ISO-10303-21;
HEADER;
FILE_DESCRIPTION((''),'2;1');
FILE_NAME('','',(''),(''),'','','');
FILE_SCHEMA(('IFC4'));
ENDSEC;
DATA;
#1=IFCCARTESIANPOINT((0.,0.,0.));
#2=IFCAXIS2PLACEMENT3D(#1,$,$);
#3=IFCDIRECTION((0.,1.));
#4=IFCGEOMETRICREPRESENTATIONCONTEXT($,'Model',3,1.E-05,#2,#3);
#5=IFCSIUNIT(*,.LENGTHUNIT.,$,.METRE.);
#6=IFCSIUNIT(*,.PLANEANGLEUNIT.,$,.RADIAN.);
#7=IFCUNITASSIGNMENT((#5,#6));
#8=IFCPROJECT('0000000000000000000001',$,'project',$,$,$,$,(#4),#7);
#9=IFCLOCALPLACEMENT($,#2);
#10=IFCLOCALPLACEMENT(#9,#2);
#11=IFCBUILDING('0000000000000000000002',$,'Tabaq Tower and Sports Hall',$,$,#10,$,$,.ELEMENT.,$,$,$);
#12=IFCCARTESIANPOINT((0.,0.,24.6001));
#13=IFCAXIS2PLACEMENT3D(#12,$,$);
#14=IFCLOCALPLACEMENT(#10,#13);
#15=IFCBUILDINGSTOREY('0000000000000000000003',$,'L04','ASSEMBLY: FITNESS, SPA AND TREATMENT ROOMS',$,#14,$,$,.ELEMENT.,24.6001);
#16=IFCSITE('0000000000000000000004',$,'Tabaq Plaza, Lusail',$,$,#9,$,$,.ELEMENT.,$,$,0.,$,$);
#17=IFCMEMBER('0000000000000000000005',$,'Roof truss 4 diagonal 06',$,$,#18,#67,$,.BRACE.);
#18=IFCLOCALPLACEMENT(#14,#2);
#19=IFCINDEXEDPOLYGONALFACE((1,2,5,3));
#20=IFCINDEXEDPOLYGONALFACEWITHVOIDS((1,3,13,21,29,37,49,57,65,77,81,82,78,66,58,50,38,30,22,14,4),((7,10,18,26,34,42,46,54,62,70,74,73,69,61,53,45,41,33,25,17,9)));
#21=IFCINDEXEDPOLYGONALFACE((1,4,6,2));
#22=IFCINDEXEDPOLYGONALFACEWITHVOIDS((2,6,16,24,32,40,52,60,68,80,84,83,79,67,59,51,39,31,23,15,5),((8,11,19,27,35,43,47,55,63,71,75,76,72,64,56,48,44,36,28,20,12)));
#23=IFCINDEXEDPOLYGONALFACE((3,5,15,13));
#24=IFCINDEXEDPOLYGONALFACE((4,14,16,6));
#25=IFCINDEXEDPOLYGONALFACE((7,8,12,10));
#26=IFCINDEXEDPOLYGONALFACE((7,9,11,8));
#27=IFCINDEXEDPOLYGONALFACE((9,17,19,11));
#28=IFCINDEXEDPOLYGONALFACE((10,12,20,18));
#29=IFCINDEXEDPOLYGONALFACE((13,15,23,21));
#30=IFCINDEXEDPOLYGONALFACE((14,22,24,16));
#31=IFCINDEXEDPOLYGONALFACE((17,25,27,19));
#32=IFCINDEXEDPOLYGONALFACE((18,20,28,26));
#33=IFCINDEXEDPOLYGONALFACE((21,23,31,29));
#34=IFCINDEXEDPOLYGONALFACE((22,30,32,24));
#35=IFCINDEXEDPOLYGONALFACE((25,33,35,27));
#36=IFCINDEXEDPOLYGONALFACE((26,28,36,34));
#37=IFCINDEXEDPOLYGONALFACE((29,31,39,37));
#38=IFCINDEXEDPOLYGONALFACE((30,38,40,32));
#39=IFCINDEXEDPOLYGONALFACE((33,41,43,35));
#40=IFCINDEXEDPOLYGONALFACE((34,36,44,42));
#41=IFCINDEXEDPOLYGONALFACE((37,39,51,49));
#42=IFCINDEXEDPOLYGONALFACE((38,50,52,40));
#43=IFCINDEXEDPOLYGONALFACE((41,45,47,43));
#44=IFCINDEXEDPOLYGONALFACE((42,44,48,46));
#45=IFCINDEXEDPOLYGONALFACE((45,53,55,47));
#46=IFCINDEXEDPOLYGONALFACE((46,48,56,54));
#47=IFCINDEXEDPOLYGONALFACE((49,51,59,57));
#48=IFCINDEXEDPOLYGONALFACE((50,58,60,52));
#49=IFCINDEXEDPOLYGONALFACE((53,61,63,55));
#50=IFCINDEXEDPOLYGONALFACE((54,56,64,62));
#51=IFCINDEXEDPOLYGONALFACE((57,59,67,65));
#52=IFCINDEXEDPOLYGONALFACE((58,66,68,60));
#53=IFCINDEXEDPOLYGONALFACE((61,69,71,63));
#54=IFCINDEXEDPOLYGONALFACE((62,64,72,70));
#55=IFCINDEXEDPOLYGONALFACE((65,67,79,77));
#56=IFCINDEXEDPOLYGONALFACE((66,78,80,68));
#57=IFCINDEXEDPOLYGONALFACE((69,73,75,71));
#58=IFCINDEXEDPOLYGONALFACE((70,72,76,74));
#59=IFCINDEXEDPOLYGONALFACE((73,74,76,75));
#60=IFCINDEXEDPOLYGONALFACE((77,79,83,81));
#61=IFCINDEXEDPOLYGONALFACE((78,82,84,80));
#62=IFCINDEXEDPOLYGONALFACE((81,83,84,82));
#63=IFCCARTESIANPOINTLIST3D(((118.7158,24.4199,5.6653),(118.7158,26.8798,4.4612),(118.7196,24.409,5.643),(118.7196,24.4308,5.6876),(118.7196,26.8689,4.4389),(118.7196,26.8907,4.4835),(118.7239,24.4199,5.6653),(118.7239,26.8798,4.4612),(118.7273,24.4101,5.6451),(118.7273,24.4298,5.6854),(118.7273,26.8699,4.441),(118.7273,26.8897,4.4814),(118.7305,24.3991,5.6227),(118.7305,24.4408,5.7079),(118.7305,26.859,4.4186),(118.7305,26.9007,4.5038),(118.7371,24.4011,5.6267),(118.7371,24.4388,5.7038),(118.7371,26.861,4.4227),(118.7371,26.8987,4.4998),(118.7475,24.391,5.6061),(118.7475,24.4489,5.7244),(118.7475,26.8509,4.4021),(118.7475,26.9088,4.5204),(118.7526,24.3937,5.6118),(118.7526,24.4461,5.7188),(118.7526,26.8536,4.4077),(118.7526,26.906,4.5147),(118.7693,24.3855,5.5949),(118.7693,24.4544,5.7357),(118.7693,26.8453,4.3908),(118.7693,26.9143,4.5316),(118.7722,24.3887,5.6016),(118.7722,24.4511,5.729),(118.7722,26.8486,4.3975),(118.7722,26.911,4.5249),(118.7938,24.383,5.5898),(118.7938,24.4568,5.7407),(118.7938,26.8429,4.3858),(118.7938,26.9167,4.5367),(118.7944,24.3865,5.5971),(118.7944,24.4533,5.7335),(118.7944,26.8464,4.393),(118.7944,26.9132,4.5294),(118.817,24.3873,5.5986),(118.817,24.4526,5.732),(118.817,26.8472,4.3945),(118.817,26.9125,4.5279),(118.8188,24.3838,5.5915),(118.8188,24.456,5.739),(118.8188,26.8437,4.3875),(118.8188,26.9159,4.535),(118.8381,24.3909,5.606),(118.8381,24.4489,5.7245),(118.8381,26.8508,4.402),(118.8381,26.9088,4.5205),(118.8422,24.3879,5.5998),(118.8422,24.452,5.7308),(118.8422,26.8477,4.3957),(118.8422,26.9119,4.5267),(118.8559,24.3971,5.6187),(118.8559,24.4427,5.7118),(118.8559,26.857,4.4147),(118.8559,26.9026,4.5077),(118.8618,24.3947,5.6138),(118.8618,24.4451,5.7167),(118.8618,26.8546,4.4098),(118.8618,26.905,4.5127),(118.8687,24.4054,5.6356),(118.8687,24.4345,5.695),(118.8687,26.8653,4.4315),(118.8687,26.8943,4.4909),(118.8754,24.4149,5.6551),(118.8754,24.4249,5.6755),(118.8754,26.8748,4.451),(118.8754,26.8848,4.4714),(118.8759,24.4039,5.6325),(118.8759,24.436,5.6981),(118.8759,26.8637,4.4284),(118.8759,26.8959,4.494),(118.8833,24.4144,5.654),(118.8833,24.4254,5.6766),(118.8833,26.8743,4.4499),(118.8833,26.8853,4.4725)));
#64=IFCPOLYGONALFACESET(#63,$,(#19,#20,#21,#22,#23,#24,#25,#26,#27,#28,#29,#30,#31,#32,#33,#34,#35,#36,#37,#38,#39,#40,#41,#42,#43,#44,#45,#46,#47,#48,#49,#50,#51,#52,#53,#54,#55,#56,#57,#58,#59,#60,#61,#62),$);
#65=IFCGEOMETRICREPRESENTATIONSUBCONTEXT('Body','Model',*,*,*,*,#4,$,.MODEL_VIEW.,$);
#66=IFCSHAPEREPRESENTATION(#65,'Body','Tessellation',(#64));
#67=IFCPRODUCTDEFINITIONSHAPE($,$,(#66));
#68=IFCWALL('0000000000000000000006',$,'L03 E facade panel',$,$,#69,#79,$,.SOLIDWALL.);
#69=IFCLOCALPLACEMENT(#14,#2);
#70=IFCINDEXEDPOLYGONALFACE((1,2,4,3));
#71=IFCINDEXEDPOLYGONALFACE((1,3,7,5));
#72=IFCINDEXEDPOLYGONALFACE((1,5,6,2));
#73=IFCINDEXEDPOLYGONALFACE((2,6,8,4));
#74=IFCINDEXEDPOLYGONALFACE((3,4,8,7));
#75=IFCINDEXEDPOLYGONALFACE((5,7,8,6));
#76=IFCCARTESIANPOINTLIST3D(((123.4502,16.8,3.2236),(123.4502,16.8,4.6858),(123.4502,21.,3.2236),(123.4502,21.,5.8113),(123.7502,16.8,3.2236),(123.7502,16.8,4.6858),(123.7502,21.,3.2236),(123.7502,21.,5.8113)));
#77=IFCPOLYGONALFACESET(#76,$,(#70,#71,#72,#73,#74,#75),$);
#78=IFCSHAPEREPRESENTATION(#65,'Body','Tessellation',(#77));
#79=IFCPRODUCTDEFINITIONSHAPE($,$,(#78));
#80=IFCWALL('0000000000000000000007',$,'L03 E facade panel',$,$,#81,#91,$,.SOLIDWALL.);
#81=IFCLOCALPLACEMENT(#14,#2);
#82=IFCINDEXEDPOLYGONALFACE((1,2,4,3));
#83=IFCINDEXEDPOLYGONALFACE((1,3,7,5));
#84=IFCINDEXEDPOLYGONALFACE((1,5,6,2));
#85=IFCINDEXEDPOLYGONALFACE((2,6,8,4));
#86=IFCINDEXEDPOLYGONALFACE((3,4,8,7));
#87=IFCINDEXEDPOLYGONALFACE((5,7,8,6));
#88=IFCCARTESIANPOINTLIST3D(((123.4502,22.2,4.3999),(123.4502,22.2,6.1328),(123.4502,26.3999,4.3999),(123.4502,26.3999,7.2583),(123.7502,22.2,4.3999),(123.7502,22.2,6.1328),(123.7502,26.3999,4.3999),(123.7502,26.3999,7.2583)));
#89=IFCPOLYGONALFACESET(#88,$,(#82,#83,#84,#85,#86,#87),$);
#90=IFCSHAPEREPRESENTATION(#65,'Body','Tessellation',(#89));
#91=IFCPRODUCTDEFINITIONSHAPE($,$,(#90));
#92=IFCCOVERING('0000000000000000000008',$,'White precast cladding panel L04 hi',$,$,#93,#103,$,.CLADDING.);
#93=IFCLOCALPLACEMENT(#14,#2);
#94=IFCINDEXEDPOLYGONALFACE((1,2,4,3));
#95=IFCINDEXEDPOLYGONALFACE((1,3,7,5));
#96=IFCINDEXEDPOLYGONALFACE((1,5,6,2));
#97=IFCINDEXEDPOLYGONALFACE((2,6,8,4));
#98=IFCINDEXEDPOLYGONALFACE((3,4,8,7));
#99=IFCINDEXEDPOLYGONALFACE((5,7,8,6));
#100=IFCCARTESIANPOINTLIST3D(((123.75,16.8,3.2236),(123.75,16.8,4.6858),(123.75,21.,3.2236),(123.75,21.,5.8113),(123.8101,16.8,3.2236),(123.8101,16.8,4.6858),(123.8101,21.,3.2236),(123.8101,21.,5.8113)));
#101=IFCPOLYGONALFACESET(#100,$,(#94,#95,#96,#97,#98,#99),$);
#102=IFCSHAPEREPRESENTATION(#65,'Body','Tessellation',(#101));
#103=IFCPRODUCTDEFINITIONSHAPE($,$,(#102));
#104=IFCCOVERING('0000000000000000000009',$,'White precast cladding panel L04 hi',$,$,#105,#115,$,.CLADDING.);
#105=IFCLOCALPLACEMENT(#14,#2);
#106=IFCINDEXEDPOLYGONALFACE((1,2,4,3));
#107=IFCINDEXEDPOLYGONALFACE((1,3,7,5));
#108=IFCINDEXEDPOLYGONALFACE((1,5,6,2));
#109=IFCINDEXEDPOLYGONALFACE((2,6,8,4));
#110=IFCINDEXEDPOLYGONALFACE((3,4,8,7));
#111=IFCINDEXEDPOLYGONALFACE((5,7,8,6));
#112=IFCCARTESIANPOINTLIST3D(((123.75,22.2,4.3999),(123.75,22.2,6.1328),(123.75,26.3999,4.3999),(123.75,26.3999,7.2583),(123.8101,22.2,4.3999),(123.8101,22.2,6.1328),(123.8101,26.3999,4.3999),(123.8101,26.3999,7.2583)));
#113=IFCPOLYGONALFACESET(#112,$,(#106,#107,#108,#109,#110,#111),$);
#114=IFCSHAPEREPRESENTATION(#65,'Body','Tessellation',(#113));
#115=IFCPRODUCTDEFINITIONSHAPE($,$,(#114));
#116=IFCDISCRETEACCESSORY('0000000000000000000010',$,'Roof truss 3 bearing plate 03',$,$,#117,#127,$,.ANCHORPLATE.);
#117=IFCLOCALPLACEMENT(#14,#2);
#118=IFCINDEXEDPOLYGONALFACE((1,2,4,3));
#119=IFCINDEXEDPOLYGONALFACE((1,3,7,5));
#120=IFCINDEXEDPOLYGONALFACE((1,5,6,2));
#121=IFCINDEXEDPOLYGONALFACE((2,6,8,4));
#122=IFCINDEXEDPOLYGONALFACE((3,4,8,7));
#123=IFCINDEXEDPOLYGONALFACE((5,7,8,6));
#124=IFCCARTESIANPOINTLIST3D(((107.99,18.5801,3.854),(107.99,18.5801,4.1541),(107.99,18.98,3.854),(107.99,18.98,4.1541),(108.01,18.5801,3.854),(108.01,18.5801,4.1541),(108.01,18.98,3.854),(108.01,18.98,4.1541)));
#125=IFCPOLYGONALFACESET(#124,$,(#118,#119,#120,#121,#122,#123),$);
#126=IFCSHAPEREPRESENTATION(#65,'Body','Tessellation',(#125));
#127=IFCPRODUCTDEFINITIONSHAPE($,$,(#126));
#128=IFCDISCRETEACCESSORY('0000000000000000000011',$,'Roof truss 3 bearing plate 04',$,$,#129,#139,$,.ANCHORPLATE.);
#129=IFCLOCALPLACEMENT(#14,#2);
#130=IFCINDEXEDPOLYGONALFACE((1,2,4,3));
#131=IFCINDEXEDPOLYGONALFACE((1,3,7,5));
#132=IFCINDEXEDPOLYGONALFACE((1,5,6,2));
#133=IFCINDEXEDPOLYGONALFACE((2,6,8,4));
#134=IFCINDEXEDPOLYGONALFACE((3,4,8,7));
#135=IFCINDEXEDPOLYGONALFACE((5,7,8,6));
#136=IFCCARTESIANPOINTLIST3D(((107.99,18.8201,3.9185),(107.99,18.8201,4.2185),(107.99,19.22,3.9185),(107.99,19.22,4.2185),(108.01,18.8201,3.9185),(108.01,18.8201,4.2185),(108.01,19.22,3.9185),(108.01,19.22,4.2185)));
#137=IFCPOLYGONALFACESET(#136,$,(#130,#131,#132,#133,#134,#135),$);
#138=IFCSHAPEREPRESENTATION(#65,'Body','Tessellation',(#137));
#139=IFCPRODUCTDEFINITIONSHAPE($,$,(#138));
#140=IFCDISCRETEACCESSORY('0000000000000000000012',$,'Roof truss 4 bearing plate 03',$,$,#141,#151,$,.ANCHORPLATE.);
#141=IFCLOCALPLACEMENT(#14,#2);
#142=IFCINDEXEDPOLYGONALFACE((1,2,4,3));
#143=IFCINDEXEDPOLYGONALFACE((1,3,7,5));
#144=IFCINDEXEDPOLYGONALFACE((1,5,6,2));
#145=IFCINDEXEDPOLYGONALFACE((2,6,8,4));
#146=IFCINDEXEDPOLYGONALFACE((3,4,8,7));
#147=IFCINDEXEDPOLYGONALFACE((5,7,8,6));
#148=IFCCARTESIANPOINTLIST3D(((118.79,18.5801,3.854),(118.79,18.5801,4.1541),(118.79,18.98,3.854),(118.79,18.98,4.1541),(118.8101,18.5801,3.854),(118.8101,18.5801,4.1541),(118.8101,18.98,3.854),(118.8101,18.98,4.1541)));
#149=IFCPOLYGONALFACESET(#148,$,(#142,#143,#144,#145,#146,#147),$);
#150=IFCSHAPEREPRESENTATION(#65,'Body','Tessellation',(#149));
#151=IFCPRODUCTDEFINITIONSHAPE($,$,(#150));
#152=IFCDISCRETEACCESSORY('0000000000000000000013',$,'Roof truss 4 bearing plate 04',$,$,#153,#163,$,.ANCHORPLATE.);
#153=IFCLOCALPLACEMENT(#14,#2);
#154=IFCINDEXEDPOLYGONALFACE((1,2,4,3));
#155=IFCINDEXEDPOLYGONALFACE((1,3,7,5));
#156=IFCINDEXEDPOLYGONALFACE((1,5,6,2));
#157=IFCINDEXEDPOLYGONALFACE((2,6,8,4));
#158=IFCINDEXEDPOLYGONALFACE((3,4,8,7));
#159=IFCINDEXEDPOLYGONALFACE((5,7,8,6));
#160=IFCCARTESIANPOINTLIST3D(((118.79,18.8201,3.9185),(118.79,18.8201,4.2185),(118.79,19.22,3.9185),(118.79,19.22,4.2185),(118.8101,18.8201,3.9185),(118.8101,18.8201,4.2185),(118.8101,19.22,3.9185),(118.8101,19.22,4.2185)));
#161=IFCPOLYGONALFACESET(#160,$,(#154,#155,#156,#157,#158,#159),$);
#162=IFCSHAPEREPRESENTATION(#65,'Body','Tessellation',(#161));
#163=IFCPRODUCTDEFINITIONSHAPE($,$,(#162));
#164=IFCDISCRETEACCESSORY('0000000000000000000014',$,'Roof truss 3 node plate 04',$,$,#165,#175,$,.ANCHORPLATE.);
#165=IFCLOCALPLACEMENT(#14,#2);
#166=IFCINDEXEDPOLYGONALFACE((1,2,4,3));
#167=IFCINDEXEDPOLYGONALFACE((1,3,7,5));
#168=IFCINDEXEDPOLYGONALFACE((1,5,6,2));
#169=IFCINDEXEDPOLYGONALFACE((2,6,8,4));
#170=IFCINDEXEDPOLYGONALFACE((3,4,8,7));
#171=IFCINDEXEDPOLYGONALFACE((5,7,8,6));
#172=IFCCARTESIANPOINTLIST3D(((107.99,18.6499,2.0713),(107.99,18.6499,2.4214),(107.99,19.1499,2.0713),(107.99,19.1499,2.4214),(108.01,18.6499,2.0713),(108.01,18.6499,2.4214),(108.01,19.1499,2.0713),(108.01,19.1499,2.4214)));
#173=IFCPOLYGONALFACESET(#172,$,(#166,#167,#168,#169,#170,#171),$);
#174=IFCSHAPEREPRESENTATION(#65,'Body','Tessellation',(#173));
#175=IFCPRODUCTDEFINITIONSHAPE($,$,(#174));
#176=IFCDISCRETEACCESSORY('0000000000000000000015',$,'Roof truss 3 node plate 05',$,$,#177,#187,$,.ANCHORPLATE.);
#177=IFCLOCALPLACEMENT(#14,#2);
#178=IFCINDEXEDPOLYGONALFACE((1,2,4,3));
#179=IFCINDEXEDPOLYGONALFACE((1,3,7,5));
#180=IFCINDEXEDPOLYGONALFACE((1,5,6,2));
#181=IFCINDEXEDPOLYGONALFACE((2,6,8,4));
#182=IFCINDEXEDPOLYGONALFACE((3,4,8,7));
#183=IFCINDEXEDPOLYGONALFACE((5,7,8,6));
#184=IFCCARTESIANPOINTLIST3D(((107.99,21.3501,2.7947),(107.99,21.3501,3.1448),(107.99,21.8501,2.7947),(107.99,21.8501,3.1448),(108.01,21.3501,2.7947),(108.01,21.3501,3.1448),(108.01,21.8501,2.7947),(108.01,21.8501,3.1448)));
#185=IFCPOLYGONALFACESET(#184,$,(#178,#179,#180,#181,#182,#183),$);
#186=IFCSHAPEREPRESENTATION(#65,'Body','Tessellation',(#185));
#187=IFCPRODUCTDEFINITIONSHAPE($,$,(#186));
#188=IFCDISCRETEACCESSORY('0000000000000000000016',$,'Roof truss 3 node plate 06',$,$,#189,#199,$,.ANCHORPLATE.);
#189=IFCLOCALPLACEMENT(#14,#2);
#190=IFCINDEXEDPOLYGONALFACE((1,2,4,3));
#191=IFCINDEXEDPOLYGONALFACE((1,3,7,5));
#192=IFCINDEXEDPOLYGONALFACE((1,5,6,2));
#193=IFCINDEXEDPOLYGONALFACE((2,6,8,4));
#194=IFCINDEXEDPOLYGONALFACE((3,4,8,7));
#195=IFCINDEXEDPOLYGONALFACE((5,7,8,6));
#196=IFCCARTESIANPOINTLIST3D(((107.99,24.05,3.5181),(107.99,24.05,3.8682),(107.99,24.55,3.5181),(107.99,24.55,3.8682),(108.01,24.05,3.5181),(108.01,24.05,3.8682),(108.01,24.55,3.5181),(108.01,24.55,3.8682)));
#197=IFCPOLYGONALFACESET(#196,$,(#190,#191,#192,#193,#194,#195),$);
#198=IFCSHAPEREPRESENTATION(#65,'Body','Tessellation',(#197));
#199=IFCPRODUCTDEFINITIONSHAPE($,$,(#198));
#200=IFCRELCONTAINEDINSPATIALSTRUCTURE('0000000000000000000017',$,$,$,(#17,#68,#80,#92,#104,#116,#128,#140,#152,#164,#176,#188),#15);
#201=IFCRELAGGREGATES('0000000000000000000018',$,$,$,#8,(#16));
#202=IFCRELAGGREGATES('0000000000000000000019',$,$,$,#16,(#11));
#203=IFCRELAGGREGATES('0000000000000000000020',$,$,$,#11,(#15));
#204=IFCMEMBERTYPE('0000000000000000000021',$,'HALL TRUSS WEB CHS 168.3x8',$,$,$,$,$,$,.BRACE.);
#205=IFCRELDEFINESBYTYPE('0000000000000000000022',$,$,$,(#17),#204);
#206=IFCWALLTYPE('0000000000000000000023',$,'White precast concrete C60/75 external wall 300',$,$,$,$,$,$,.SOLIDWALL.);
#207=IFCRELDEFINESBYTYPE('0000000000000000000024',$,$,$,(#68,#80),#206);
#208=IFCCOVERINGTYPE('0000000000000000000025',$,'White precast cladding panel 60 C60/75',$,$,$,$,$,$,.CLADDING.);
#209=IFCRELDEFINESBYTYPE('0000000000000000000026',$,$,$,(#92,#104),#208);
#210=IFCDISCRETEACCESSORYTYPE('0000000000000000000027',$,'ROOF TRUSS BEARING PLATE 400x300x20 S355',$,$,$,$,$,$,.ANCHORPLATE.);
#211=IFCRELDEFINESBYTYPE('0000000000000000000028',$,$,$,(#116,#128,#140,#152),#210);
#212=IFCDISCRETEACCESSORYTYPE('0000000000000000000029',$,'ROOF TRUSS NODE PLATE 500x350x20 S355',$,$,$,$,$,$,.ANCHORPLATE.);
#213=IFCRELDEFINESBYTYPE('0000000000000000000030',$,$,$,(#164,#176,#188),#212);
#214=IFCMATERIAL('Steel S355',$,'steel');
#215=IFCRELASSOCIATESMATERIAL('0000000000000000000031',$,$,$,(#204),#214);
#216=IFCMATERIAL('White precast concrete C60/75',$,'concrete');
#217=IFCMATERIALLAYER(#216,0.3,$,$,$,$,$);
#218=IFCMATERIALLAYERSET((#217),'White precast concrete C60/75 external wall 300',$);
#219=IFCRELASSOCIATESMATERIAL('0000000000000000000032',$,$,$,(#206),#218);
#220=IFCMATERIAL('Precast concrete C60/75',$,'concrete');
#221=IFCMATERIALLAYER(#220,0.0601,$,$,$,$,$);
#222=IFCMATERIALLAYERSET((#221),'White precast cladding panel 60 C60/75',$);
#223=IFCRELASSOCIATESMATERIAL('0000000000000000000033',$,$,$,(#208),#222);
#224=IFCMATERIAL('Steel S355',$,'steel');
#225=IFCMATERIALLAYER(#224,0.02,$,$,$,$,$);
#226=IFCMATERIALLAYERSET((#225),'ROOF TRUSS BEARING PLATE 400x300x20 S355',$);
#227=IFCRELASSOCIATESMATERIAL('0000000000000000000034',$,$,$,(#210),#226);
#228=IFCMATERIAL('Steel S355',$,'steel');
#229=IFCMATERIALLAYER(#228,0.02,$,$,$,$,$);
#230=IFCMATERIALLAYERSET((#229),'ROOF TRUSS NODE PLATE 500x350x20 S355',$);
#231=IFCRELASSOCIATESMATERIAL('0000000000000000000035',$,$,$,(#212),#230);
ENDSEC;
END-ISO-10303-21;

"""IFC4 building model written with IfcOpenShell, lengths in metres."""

from ifc_helpers import new_model, si_unit, direction, frame, origin, origin_2d, place, context, subcontext, project, spatial, polyline, rectangle, hollow_circle, outline, extrude, material, layer, layer_set, material_profile, profile_set, type_object, element, save


model = new_model("IFC4")

# Units and contexts
model_context = context("Model", 3, precision=1e-05, world=origin(), true_north=direction((0.0, 1.0)))
body_context = subcontext(model_context, "Body", "Model", "MODEL_VIEW")
ifc_project = project(units=[si_unit("LENGTHUNIT", "METRE"), si_unit("PLANEANGLEUNIT", "RADIAN")], contexts=[model_context])

# Site, building, storey
site_placement = place(None, origin())
site = spatial("IfcSite", under=ifc_project, at=site_placement, Name="Tabaq Plaza, Lusail", CompositionType="ELEMENT", RefElevation=0.0)
building_placement = place(site_placement, origin())
building = spatial("IfcBuilding", under=site, at=building_placement, Name="Tabaq Tower and Sports Hall", CompositionType="ELEMENT")
storey_placement = place(building_placement, frame((0.0, 0.0, 24.6001)))
storey = spatial("IfcBuildingStorey", under=building, at=storey_placement, Name="L04", Description="ASSEMBLY: FITNESS, SPA AND TREATMENT ROOMS", CompositionType="ELEMENT", Elevation=24.6001)

# Member
ifc_material_1 = material(Name="Steel S355", Category="steel")
ifc_material_profile_1 = material_profile(ifc_material_1, hollow_circle(Radius=0.0842, WallThickness=0.0081, at=origin_2d()), Name="CHS 168.3x8")
ifc_profile_set_1 = profile_set([ifc_material_profile_1], Name="Steel S355")
member_type = type_object("IfcMemberType", Name="HALL TRUSS WEB CHS 168.3x8", PredefinedType="BRACE", material=ifc_profile_set_1)
member_1_placement = place(storey_placement, frame((118.8, 24.4199, 5.6653), z_axis=(0.0, 0.898175, -0.439639), x_axis=(-1.0, 0.0, 0.0)))
element("IfcMember", 1, at=member_1_placement, inside=storey, type_object=member_type, Name="Roof truss 4 diagonal 06", PredefinedType="BRACE", context=body_context, shape_type="SweptSolid", body=[
    extrude(hollow_circle(Radius=0.0842, WallThickness=0.0081, at=origin_2d()), origin(), (0.0, 0.0, 1.0), 2.7388),
])

# Walls
ifc_material_2 = material(Name="White precast concrete C60/75", Category="concrete")
ifc_layer_1 = layer(ifc_material_2, 0.3)
ifc_layer_set_1 = layer_set([ifc_layer_1], Name="White precast concrete C60/75 external wall 300")
wall_type = type_object("IfcWallType", Name="White precast concrete C60/75 external wall 300", PredefinedType="SOLIDWALL", material=ifc_layer_set_1)
wall_1_placement = place(storey_placement, frame((123.6001, 16.8, 3.2236), z_axis=(0.0, 0.0, 1.0), x_axis=(0.0, 1.0, 0.0)))
element("IfcWall", 2, at=wall_1_placement, inside=storey, type_object=wall_type, Name="L03 E facade panel", PredefinedType="SOLIDWALL", context=body_context, shape_type="SweptSolid", body=[
    extrude(outline(polyline([(0.0, 0.0), (4.2, 0.0), (4.2, 2.5876), (0.0, 1.4622), (0.0, 0.0)])), frame((0.0, 0.1499, 0.0), z_axis=(0.0, -1.0, 0.0), x_axis=(1.0, 0.0, 0.0)), (0.0, 0.0, 1.0), 0.3),
])
wall_2_placement = place(storey_placement, frame((123.6001, 22.2, 4.3999), z_axis=(0.0, 0.0, 1.0), x_axis=(0.0, 1.0, 0.0)))
element("IfcWall", 3, at=wall_2_placement, inside=storey, type_object=wall_type, Name="L03 E facade panel", PredefinedType="SOLIDWALL", context=body_context, shape_type="SweptSolid", body=[
    extrude(outline(polyline([(0.0, 0.0), (4.2, 0.0), (4.2, 2.8584), (0.0, 1.7329), (0.0, 0.0)])), frame((0.0, 0.1499, 0.0), z_axis=(0.0, -1.0, 0.0), x_axis=(1.0, 0.0, 0.0)), (0.0, 0.0, 1.0), 0.3),
])

# Coverings
ifc_material_3 = material(Name="Precast concrete C60/75", Category="concrete")
ifc_layer_2 = layer(ifc_material_3, 0.0601)
ifc_layer_set_2 = layer_set([ifc_layer_2], Name="White precast cladding panel 60 C60/75")
covering_type = type_object("IfcCoveringType", Name="White precast cladding panel 60 C60/75", PredefinedType="CLADDING", material=ifc_layer_set_2)
covering_1_placement = place(storey_placement, frame((123.78, 16.8, 3.2236), z_axis=(0.0, 0.0, 1.0), x_axis=(0.0, 1.0, 0.0)))
element("IfcCovering", 4, at=covering_1_placement, inside=storey, type_object=covering_type, Name="White precast cladding panel L04 hi", PredefinedType="CLADDING", context=body_context, shape_type="SweptSolid", body=[
    extrude(outline(polyline([(0.0, 0.0), (4.2, 0.0), (4.2, 2.5876), (0.0, 1.4622), (0.0, 0.0)])), frame((0.0, 0.03, 0.0), z_axis=(0.0, -1.0, 0.0), x_axis=(1.0, 0.0, 0.0)), (0.0, 0.0, 1.0), 0.0601),
])
covering_2_placement = place(storey_placement, frame((123.78, 22.2, 4.3999), z_axis=(0.0, 0.0, 1.0), x_axis=(0.0, 1.0, 0.0)))
element("IfcCovering", 5, at=covering_2_placement, inside=storey, type_object=covering_type, Name="White precast cladding panel L04 hi", PredefinedType="CLADDING", context=body_context, shape_type="SweptSolid", body=[
    extrude(outline(polyline([(0.0, 0.0), (4.2, 0.0), (4.2, 2.8584), (0.0, 1.7329), (0.0, 0.0)])), frame((0.0, 0.03, 0.0), z_axis=(0.0, -1.0, 0.0), x_axis=(1.0, 0.0, 0.0)), (0.0, 0.0, 1.0), 0.0601),
])

# Discrete accessories
ifc_material_4 = material(Name="Steel S355", Category="steel")
ifc_layer_3 = layer(ifc_material_4, 0.02)
ifc_layer_set_3 = layer_set([ifc_layer_3], Name="ROOF TRUSS BEARING PLATE 400x300x20 S355")
discrete_accessory_type_1 = type_object("IfcDiscreteAccessoryType", Name="ROOF TRUSS BEARING PLATE 400x300x20 S355", PredefinedType="ANCHORPLATE", material=ifc_layer_set_3)
for number, where, z_axis, x_axis, name in (
    (6, (108.0, 18.78, 3.854), (0.0, 0.0, 1.0), (1.0, 0.0, 0.0), "Roof truss 3 bearing plate 03"),
    (7, (108.0, 19.02, 3.9185), (0.0, 0.0, 1.0), (1.0, 0.0, 0.0), "Roof truss 3 bearing plate 04"),
    (8, (118.8, 18.78, 3.854), (0.0, 0.0, 1.0), (1.0, 0.0, 0.0), "Roof truss 4 bearing plate 03"),
    (9, (118.8, 19.02, 3.9185), (0.0, 0.0, 1.0), (1.0, 0.0, 0.0), "Roof truss 4 bearing plate 04"),
):
    element("IfcDiscreteAccessory", number, at=place(storey_placement, frame(where, z_axis=z_axis, x_axis=x_axis)), inside=storey, type_object=discrete_accessory_type_1, Name=name, PredefinedType="ANCHORPLATE", context=body_context, shape_type="SweptSolid", body=[
        extrude(rectangle(XDim=0.02, YDim=0.3999, at=origin_2d()), origin(), (0.0, 0.0, 1.0), 0.3),
    ])
ifc_material_5 = material(Name="Steel S355", Category="steel")
ifc_layer_4 = layer(ifc_material_5, 0.02)
ifc_layer_set_4 = layer_set([ifc_layer_4], Name="ROOF TRUSS NODE PLATE 500x350x20 S355")
discrete_accessory_type_2 = type_object("IfcDiscreteAccessoryType", Name="ROOF TRUSS NODE PLATE 500x350x20 S355", PredefinedType="ANCHORPLATE", material=ifc_layer_set_4)
for number, where, z_axis, x_axis, name in (
    (10, (108.0, 18.8999, 2.0713), (0.0, 0.0, 1.0), (1.0, 0.0, 0.0), "Roof truss 3 node plate 04"),
    (11, (108.0, 21.6001, 2.7947), (0.0, 0.0, 1.0), (1.0, 0.0, 0.0), "Roof truss 3 node plate 05"),
    (12, (108.0, 24.3, 3.5181), (0.0, 0.0, 1.0), (1.0, 0.0, 0.0), "Roof truss 3 node plate 06"),
):
    element("IfcDiscreteAccessory", number, at=place(storey_placement, frame(where, z_axis=z_axis, x_axis=x_axis)), inside=storey, type_object=discrete_accessory_type_2, Name=name, PredefinedType="ANCHORPLATE", context=body_context, shape_type="SweptSolid", body=[
        extrude(rectangle(XDim=0.02, YDim=0.5, at=origin_2d()), origin(), (0.0, 0.0, 1.0), 0.3501),
    ])

save(model, "model.ifc")
